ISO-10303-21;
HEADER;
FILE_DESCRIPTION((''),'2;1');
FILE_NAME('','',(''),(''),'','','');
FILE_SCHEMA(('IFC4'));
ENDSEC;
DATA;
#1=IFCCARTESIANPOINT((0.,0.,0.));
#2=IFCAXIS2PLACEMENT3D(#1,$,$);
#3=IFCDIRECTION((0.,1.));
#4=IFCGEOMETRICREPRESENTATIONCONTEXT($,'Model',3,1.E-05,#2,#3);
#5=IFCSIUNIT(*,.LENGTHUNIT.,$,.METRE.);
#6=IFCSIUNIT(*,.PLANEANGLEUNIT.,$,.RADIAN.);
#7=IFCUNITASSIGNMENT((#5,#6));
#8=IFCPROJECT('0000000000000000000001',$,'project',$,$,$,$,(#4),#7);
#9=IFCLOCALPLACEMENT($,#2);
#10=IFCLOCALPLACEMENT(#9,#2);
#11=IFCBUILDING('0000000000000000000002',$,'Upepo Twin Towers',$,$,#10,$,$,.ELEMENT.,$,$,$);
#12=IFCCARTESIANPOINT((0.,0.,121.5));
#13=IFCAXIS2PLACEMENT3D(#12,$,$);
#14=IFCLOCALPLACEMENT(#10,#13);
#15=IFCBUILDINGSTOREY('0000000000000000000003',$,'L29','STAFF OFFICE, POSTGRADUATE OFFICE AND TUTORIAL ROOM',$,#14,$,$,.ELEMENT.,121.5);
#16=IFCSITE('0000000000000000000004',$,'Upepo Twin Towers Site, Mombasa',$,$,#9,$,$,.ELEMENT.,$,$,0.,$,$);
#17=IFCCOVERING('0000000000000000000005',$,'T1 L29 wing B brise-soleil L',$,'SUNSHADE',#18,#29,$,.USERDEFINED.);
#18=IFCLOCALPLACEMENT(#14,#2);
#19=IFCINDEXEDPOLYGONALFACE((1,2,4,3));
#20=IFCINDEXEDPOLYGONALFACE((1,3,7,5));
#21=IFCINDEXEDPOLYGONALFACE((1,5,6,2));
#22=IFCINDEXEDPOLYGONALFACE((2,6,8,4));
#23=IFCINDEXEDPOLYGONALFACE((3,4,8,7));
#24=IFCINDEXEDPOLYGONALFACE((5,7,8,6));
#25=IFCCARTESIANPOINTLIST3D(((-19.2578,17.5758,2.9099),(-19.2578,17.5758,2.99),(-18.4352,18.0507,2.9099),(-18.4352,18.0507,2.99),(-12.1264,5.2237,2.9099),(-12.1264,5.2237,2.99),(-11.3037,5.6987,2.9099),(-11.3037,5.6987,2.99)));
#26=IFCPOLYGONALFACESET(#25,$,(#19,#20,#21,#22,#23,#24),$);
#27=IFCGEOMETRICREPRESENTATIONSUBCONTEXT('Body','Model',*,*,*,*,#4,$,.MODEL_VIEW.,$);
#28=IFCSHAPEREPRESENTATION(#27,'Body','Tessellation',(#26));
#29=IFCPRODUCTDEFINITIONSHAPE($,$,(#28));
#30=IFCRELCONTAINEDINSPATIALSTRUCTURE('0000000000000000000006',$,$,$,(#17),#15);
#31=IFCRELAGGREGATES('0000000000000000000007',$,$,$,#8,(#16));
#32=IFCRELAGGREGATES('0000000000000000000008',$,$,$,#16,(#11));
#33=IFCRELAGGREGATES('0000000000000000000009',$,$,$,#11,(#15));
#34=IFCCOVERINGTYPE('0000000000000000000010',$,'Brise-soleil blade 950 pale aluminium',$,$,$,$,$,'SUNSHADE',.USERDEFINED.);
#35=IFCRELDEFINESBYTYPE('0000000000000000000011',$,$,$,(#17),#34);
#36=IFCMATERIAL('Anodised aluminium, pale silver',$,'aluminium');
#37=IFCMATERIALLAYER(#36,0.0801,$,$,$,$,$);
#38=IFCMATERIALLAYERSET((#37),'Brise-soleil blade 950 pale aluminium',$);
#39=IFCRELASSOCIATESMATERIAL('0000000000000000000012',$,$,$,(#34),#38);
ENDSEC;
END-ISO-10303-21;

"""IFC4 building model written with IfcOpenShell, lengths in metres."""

from ifc_helpers import new_model, si_unit, direction, frame, origin, origin_2d, place, context, subcontext, project, spatial, rectangle, extrude, material, layer, layer_set, type_object, element, save


model = new_model("IFC4")

# Units and contexts
model_context = context("Model", 3, precision=1e-05, world=origin(), true_north=direction((0.0, 1.0)))
body_context = subcontext(model_context, "Body", "Model", "MODEL_VIEW")
ifc_project = project(units=[si_unit("LENGTHUNIT", "METRE"), si_unit("PLANEANGLEUNIT", "RADIAN")], contexts=[model_context])

# Site, building, storey
site_placement = place(None, origin())
site = spatial("IfcSite", under=ifc_project, at=site_placement, Name="Upepo Twin Towers Site, Mombasa", CompositionType="ELEMENT", RefElevation=0.0)
building_placement = place(site_placement, origin())
building = spatial("IfcBuilding", under=site, at=building_placement, Name="Upepo Twin Towers", CompositionType="ELEMENT")
storey_placement = place(building_placement, frame((0.0, 0.0, 121.5)))
storey = spatial("IfcBuildingStorey", under=building, at=storey_placement, Name="L29", Description="STAFF OFFICE, POSTGRADUATE OFFICE AND TUTORIAL ROOM", CompositionType="ELEMENT", Elevation=121.5)

# Covering
ifc_material_1 = material(Name="Anodised aluminium, pale silver", Category="aluminium")
ifc_layer_1 = layer(ifc_material_1, 0.0801)
ifc_layer_set_1 = layer_set([ifc_layer_1], Name="Brise-soleil blade 950 pale aluminium")
covering_type = type_object("IfcCoveringType", Name="Brise-soleil blade 950 pale aluminium", ElementType="SUNSHADE", PredefinedType="USERDEFINED", material=ifc_layer_set_1)
covering_placement = place(storey_placement, frame((-15.2808, 11.6372, 2.9099), z_axis=(0.0, 0.0, 1.0), x_axis=(-0.5, 0.866025, 0.0)))
element("IfcCovering", 1, at=covering_placement, inside=storey, type_object=covering_type, Name="T1 L29 wing B brise-soleil L", ObjectType="SUNSHADE", PredefinedType="USERDEFINED", context=body_context, shape_type="SweptSolid", body=[
    extrude(rectangle(XDim=14.2629, YDim=0.95, at=origin_2d()), origin(), (0.0, 0.0, 1.0), 0.0801),
])

save(model, "model.ifc")
